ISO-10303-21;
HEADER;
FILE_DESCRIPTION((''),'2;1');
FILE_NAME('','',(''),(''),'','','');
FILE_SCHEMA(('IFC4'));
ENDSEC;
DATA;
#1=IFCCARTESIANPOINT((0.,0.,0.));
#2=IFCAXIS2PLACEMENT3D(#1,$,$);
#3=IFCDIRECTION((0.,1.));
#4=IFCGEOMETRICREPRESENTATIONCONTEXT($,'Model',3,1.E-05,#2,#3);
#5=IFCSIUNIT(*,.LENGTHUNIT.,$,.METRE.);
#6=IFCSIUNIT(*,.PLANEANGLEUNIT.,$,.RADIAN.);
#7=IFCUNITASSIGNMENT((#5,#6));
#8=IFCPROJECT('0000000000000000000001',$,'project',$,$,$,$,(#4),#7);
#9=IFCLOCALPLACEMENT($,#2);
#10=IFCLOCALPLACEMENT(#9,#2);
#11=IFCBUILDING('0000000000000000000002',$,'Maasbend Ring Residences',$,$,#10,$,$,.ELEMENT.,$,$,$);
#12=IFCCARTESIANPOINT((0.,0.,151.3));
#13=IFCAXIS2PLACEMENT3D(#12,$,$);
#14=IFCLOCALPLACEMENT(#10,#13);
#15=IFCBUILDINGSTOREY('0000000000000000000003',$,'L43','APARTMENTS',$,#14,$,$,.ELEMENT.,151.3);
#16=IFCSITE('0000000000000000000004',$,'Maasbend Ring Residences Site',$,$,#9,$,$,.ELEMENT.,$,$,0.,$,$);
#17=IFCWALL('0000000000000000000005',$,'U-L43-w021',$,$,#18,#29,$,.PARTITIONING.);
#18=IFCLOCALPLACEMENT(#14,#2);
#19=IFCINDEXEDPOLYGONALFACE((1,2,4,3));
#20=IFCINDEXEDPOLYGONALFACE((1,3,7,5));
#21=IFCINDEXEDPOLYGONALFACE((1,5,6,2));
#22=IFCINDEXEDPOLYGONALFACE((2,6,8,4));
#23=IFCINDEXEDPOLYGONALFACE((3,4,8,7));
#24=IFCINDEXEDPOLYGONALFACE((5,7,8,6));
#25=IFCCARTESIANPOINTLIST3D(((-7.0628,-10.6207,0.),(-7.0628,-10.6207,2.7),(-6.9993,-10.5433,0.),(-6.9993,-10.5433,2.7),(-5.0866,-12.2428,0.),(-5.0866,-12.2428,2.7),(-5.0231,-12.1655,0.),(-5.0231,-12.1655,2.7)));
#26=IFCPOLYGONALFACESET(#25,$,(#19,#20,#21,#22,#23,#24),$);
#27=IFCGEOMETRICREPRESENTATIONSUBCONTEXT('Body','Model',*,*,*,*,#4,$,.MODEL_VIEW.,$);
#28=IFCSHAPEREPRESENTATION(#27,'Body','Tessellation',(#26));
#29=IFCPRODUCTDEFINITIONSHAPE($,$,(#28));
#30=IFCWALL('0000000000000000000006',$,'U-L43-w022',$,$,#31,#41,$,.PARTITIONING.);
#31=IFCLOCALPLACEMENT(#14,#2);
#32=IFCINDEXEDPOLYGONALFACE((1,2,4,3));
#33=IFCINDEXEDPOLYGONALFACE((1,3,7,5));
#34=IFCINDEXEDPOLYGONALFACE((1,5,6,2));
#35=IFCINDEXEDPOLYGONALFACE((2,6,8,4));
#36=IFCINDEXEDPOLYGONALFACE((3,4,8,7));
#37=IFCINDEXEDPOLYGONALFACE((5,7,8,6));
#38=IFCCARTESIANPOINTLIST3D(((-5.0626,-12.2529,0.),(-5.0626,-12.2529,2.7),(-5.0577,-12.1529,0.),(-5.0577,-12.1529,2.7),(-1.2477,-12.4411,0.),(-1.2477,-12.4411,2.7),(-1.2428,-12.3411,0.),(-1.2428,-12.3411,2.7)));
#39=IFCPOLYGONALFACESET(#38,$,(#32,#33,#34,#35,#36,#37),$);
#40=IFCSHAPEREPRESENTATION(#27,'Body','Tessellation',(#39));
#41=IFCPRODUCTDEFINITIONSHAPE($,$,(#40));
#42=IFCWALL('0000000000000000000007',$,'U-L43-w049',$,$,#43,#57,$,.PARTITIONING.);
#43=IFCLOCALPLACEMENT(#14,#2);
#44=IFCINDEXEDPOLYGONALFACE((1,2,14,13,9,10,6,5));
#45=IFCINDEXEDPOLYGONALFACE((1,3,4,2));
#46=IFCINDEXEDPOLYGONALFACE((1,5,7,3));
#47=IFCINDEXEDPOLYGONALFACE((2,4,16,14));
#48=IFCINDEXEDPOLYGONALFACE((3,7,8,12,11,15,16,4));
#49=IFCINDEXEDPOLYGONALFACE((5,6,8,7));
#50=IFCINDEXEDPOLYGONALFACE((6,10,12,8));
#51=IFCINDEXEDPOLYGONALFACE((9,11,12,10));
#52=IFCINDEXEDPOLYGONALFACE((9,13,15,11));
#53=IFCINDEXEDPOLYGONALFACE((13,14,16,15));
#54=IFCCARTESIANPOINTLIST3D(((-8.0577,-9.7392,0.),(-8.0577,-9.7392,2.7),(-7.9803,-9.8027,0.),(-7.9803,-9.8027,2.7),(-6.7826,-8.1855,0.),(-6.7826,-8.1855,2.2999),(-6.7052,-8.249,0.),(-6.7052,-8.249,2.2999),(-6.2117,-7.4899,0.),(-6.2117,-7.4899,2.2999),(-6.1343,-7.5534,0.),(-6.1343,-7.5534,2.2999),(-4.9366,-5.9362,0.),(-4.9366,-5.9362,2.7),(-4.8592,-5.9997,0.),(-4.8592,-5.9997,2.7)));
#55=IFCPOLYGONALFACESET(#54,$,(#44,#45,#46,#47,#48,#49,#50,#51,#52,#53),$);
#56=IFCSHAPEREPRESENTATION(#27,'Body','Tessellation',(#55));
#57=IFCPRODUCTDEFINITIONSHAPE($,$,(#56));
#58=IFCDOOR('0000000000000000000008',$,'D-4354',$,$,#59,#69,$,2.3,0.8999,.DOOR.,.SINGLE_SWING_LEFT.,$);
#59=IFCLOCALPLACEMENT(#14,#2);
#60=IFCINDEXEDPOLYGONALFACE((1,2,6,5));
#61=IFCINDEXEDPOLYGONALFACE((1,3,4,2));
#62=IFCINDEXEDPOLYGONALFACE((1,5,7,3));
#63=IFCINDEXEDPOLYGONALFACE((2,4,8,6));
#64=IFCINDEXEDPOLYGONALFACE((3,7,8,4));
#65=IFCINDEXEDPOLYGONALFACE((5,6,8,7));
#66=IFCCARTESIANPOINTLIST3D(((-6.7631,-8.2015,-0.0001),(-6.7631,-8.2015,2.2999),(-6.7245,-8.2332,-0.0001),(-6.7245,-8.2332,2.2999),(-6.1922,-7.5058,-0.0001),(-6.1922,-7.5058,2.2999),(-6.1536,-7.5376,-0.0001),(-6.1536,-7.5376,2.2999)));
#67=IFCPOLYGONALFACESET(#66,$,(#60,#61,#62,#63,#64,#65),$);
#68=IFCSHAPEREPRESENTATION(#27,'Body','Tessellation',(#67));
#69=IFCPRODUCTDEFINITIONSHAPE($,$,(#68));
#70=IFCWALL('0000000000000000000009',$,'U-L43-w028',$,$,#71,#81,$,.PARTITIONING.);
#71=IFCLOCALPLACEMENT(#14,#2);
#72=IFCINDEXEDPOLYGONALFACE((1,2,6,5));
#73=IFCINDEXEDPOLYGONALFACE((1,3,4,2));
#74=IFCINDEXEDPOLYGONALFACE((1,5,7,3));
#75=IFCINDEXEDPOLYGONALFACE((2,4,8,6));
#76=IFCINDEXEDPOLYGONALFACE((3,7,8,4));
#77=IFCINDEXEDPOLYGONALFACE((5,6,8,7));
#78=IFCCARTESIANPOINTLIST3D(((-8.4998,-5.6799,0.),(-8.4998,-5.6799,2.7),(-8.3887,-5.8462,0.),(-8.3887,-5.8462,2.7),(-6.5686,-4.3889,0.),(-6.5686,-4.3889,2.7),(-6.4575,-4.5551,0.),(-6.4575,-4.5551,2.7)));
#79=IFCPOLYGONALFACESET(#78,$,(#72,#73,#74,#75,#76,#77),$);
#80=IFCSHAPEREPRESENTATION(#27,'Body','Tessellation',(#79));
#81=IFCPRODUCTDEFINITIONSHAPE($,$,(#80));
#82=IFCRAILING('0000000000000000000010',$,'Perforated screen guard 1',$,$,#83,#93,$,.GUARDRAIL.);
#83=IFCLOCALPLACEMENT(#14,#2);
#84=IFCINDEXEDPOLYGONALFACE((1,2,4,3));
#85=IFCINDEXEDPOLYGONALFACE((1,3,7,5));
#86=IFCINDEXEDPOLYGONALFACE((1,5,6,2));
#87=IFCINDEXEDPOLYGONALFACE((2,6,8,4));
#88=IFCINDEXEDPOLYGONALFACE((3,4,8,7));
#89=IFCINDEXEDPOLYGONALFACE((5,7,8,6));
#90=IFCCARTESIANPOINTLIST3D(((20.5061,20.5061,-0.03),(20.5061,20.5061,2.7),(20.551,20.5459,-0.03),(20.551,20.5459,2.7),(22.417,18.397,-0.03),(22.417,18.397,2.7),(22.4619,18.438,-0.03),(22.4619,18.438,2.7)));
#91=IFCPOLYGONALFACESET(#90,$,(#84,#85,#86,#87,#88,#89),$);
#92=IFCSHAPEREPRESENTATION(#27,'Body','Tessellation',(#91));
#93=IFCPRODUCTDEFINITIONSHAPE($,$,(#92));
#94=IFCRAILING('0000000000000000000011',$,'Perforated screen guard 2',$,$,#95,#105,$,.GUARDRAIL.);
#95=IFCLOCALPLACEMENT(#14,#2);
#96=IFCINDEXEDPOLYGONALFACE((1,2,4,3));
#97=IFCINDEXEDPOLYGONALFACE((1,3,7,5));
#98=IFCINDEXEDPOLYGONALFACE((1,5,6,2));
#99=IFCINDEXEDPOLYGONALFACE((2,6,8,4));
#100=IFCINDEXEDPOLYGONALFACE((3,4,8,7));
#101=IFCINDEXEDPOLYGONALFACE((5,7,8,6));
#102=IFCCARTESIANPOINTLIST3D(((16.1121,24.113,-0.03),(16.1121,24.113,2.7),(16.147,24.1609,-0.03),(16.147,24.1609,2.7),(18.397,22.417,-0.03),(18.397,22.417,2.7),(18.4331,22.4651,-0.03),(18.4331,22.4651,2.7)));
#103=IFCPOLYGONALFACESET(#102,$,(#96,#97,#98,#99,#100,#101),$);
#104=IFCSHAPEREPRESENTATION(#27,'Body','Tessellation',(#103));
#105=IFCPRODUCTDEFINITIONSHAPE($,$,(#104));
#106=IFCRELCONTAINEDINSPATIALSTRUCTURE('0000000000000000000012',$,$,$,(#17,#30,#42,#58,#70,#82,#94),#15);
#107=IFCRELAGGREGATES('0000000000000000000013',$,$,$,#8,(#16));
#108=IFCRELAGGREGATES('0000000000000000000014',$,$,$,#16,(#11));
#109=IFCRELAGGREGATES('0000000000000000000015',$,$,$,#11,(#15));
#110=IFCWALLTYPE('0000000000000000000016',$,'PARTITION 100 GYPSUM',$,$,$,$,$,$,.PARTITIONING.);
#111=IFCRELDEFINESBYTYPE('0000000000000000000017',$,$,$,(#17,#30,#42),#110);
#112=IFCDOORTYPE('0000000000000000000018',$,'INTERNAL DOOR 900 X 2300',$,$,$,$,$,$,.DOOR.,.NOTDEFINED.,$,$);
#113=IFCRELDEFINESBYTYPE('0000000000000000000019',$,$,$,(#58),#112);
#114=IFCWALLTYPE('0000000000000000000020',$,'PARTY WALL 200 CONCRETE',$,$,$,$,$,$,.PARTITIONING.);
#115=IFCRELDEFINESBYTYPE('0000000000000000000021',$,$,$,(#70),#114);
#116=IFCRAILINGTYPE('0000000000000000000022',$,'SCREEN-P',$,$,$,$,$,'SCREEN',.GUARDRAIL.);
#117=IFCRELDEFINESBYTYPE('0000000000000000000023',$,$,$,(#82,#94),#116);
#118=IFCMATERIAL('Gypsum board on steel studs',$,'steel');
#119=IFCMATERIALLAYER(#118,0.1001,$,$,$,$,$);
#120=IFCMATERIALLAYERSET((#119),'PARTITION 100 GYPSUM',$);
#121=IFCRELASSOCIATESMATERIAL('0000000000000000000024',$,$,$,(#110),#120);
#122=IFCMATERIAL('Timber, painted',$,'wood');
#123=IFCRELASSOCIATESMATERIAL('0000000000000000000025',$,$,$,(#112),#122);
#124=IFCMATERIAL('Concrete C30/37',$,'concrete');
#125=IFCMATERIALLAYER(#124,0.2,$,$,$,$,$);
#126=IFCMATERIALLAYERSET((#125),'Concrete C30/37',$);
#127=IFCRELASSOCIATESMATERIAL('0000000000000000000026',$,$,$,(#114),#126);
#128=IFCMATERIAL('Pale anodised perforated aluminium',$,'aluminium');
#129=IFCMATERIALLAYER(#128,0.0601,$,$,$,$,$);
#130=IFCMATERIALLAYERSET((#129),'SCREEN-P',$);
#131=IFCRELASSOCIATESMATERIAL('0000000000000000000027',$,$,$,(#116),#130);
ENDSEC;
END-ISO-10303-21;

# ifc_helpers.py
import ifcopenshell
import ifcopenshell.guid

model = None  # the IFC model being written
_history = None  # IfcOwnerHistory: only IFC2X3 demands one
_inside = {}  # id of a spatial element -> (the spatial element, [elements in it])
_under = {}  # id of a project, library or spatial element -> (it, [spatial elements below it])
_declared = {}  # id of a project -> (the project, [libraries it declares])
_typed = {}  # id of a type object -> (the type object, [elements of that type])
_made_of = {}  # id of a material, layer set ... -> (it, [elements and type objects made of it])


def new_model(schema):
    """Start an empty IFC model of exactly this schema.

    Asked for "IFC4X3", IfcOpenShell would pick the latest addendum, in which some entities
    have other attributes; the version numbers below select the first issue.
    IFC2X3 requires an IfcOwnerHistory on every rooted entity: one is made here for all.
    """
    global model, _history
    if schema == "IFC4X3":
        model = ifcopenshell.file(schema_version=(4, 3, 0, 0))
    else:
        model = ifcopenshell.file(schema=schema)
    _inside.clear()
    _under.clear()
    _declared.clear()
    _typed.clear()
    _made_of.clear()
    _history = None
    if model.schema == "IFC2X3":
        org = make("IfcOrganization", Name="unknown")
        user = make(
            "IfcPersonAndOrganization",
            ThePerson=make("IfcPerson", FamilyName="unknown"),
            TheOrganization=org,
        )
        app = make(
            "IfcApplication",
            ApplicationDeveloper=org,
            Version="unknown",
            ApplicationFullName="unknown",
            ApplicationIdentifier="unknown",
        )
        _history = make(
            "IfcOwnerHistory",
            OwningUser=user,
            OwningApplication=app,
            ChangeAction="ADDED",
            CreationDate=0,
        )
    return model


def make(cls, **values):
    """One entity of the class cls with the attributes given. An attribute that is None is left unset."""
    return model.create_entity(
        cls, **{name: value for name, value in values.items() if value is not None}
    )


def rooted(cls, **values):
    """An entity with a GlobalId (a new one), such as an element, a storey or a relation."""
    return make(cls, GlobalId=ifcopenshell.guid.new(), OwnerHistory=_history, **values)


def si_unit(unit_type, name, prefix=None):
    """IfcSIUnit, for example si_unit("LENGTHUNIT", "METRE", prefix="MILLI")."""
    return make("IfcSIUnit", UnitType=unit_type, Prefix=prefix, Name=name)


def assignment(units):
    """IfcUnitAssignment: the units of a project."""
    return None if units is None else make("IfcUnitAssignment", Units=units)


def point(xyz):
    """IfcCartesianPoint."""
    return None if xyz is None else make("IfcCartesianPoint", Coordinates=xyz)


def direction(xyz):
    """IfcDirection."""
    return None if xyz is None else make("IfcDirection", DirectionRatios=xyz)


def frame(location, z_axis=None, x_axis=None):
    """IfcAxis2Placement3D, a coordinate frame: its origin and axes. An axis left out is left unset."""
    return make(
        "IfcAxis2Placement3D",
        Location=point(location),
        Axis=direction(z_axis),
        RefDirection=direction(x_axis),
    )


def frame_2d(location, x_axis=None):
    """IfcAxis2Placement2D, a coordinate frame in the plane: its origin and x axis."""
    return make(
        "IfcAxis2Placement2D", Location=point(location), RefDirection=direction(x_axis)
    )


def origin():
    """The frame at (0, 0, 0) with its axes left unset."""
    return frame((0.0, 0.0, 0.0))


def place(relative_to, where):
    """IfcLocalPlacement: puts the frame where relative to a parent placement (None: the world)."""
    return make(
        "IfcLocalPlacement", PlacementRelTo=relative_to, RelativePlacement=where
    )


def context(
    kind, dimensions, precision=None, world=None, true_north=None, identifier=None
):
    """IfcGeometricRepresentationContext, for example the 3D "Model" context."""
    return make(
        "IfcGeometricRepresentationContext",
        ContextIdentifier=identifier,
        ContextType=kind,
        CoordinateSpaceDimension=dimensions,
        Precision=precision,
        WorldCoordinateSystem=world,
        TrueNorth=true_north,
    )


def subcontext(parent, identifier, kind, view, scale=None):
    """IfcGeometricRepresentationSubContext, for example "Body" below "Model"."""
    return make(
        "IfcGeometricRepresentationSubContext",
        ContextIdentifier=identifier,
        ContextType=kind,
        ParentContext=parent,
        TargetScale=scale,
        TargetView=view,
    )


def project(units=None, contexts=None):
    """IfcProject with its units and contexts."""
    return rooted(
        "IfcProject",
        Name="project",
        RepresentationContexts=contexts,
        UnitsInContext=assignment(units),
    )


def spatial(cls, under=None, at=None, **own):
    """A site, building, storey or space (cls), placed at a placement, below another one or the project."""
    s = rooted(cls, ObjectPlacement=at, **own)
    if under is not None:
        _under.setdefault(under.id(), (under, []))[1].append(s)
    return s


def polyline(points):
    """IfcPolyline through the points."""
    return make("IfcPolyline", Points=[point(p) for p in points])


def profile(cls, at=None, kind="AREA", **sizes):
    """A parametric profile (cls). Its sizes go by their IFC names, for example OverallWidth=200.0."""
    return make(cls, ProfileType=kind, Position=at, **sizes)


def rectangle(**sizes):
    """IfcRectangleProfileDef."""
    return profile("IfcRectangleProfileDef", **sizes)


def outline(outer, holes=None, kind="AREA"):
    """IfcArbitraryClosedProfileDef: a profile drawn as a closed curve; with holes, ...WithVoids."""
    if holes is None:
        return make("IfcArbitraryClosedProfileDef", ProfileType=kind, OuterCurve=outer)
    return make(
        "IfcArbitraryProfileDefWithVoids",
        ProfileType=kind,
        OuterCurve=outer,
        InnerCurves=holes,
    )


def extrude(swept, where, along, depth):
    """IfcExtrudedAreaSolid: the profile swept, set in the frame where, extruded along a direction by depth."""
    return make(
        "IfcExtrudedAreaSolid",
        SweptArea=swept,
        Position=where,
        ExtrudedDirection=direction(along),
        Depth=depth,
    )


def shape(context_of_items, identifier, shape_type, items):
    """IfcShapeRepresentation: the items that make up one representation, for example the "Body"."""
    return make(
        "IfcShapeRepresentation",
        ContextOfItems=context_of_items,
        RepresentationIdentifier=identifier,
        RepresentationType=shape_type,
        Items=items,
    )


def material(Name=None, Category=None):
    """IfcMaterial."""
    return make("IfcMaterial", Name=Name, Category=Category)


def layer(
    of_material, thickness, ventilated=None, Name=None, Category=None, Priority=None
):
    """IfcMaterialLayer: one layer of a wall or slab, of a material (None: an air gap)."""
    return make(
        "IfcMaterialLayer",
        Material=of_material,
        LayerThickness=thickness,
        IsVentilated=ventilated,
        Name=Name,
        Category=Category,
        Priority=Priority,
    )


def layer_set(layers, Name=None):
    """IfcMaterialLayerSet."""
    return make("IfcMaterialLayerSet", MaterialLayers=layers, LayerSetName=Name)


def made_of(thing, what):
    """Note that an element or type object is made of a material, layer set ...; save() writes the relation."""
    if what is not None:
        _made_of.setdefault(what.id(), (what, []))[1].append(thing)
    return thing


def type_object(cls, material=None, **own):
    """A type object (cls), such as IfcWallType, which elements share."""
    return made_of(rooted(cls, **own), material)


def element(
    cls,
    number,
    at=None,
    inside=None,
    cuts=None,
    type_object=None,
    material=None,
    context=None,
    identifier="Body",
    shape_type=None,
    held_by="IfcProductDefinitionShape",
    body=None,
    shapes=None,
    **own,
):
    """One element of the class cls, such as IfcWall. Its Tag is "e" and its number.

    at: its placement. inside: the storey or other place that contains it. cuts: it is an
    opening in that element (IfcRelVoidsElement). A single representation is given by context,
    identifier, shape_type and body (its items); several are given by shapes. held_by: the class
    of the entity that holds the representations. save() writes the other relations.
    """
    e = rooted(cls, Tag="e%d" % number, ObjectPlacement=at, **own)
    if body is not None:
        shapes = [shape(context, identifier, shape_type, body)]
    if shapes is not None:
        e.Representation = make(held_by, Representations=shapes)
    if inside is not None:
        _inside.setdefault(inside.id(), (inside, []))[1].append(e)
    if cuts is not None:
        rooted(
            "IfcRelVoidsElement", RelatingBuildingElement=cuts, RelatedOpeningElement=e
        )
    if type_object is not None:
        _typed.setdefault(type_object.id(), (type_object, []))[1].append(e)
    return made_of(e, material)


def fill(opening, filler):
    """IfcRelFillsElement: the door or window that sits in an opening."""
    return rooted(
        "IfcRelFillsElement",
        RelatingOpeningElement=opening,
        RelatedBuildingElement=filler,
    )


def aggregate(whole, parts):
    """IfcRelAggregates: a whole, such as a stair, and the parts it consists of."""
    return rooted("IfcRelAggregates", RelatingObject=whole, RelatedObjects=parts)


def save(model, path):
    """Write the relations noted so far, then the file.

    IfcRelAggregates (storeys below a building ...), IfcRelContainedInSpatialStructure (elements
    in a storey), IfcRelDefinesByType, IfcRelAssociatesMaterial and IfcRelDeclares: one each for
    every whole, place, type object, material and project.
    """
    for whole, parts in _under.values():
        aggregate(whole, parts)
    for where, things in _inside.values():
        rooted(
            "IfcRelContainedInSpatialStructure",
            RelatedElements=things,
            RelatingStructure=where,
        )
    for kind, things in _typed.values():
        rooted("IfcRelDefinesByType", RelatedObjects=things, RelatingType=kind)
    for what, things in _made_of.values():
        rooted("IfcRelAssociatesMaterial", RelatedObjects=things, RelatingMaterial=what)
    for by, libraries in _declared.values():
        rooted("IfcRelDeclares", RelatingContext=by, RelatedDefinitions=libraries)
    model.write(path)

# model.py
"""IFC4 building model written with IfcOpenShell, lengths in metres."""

from ifc_helpers import new_model, si_unit, direction, frame, frame_2d, origin, place, context, subcontext, project, spatial, polyline, rectangle, outline, extrude, material, layer, layer_set, type_object, element, fill, save


model = new_model("IFC4")

# Units and contexts
model_context = context("Model", 3, precision=1e-05, world=origin(), true_north=direction((0.0, 1.0)))
body_context = subcontext(model_context, "Body", "Model", "MODEL_VIEW")
ifc_project = project(units=[si_unit("LENGTHUNIT", "METRE"), si_unit("PLANEANGLEUNIT", "RADIAN")], contexts=[model_context])

# Site, building, storey
site_placement = place(None, origin())
site = spatial("IfcSite", under=ifc_project, at=site_placement, Name="Maasbend Ring Residences Site", CompositionType="ELEMENT", RefElevation=0.0)
building_placement = place(site_placement, origin())
building = spatial("IfcBuilding", under=site, at=building_placement, Name="Maasbend Ring Residences", CompositionType="ELEMENT")
storey_placement = place(building_placement, frame((0.0, 0.0, 151.3)))
storey = spatial("IfcBuildingStorey", under=building, at=storey_placement, Name="L43", Description="APARTMENTS", CompositionType="ELEMENT", Elevation=151.3)

# Walls
ifc_material_1 = material(Name="Gypsum board on steel studs", Category="steel")
ifc_layer_1 = layer(ifc_material_1, 0.1001)
ifc_layer_set_1 = layer_set([ifc_layer_1], Name="PARTITION 100 GYPSUM")
wall_type_1 = type_object("IfcWallType", Name="PARTITION 100 GYPSUM", PredefinedType="PARTITIONING", material=ifc_layer_set_1)
wall_1_placement = place(storey_placement, frame((-7.031, -10.582, 0.0), z_axis=(0.0, 0.0, 1.0), x_axis=(0.772944, -0.634475, 0.0)))
element("IfcWall", 1, at=wall_1_placement, inside=storey, type_object=wall_type_1, Name="U-L43-w021", PredefinedType="PARTITIONING", context=body_context, shape_type="SweptSolid", body=[
    extrude(rectangle(XDim=2.5566, YDim=0.1001, at=frame_2d((1.2783, 0.0))), origin(), (0.0, 0.0, 1.0), 2.7),
])
wall_2_placement = place(storey_placement, frame((-5.0601, -12.2029, 0.0), z_axis=(0.0, 0.0, 1.0), x_axis=(0.998785, -0.049281, 0.0)))
element("IfcWall", 2, at=wall_2_placement, inside=storey, type_object=wall_type_1, Name="U-L43-w022", PredefinedType="PARTITIONING", context=body_context, shape_type="SweptSolid", body=[
    extrude(rectangle(XDim=3.8196, YDim=0.1001, at=frame_2d((1.9097, 0.0))), origin(), (0.0, 0.0, 1.0), 2.7),
])

# Wall, opening, door
wall_3_placement = place(storey_placement, frame((-8.019, -9.771, 0.0), z_axis=(0.0, 0.0, 1.0), x_axis=(0.634402, 0.773003, 0.0)))
wall_3 = element("IfcWall", 3, at=wall_3_placement, inside=storey, type_object=wall_type_1, Name="U-L43-w049", PredefinedType="PARTITIONING", context=body_context, shape_type="SweptSolid", body=[
    extrude(rectangle(XDim=4.9197, YDim=0.1001, at=frame_2d((2.46, 0.0))), origin(), (0.0, 0.0, 1.0), 2.7),
])
opening_placement = place(wall_3_placement, frame((2.01, 0.0, 0.0)))
opening = element("IfcOpeningElement", 4, at=opening_placement, cuts=wall_3, PredefinedType="OPENING", context=body_context, shape_type="SweptSolid", body=[
    extrude(rectangle(XDim=0.8999, YDim=2.3, at=frame_2d((0.45, 1.1499))), frame((0.0, 0.0601, 0.0), z_axis=(0.0, -1.0, 0.0), x_axis=(1.0, 0.0, 0.0)), (0.0, 0.0, 1.0), 0.1201),
])
ifc_material_2 = material(Name="Timber, painted", Category="wood")
door_type = type_object("IfcDoorType", Name="INTERNAL DOOR 900 X 2300", OperationType="NOTDEFINED", PredefinedType="DOOR", material=ifc_material_2)
door_placement = place(opening_placement, origin())
door = element("IfcDoor", 5, at=door_placement, inside=storey, type_object=door_type, Name="D-4354", OperationType="SINGLE_SWING_LEFT", OverallHeight=2.3, OverallWidth=0.8999, PredefinedType="DOOR", context=body_context, shape_type="SweptSolid", body=[
    extrude(rectangle(XDim=0.8999, YDim=2.3, at=frame_2d((0.45, 1.1499))), frame((0.0, 0.0249, 0.0), z_axis=(0.0, -1.0, 0.0), x_axis=(1.0, 0.0, 0.0)), (0.0, 0.0, 1.0), 0.05),
])
fill(opening, door)

# Wall
ifc_material_3 = material(Name="Concrete C30/37", Category="concrete")
ifc_layer_2 = layer(ifc_material_3, 0.2)
ifc_layer_set_2 = layer_set([ifc_layer_2], Name="Concrete C30/37")
wall_type_2 = type_object("IfcWallType", Name="PARTY WALL 200 CONCRETE", PredefinedType="PARTITIONING", material=ifc_layer_set_2)
wall_4_placement = place(storey_placement, frame((-6.5129, -4.4719, 0.0), z_axis=(0.0, 0.0, 1.0), x_axis=(-0.831338, -0.555767, 0.0)))
element("IfcWall", 6, at=wall_4_placement, inside=storey, type_object=wall_type_2, Name="U-L43-w028", PredefinedType="PARTITIONING", context=body_context, shape_type="SweptSolid", body=[
    extrude(rectangle(XDim=2.323, YDim=0.2, at=frame_2d((1.1616, 0.0))), origin(), (0.0, 0.0, 1.0), 2.7),
])

# Railings
ifc_material_4 = material(Name="Pale anodised perforated aluminium", Category="aluminium")
ifc_layer_3 = layer(ifc_material_4, 0.0601)
ifc_layer_set_3 = layer_set([ifc_layer_3], Name="SCREEN-P")
railing_type = type_object("IfcRailingType", Name="SCREEN-P", ElementType="SCREEN", PredefinedType="GUARDRAIL", material=ifc_layer_set_3)
railing_1_placement = place(storey_placement, frame((0.0, 0.0, -0.03)))
element("IfcRailing", 7, at=railing_1_placement, inside=storey, type_object=railing_type, Name="Perforated screen guard 1", PredefinedType="GUARDRAIL", context=body_context, shape_type="SweptSolid", body=[
    extrude(outline(polyline([(22.417, 18.397), (20.5061, 20.5061), (20.551, 20.5459), (22.4619, 18.438), (22.417, 18.397)])), origin(), (0.0, 0.0, 1.0), 2.73),
])
railing_2_placement = place(storey_placement, frame((0.0, 0.0, -0.03)))
element("IfcRailing", 8, at=railing_2_placement, inside=storey, type_object=railing_type, Name="Perforated screen guard 2", PredefinedType="GUARDRAIL", context=body_context, shape_type="SweptSolid", body=[
    extrude(outline(polyline([(18.397, 22.417), (16.1121, 24.113), (16.147, 24.1609), (18.4331, 22.4651), (18.397, 22.417)])), origin(), (0.0, 0.0, 1.0), 2.73),
])

save(model, "model.ifc")
